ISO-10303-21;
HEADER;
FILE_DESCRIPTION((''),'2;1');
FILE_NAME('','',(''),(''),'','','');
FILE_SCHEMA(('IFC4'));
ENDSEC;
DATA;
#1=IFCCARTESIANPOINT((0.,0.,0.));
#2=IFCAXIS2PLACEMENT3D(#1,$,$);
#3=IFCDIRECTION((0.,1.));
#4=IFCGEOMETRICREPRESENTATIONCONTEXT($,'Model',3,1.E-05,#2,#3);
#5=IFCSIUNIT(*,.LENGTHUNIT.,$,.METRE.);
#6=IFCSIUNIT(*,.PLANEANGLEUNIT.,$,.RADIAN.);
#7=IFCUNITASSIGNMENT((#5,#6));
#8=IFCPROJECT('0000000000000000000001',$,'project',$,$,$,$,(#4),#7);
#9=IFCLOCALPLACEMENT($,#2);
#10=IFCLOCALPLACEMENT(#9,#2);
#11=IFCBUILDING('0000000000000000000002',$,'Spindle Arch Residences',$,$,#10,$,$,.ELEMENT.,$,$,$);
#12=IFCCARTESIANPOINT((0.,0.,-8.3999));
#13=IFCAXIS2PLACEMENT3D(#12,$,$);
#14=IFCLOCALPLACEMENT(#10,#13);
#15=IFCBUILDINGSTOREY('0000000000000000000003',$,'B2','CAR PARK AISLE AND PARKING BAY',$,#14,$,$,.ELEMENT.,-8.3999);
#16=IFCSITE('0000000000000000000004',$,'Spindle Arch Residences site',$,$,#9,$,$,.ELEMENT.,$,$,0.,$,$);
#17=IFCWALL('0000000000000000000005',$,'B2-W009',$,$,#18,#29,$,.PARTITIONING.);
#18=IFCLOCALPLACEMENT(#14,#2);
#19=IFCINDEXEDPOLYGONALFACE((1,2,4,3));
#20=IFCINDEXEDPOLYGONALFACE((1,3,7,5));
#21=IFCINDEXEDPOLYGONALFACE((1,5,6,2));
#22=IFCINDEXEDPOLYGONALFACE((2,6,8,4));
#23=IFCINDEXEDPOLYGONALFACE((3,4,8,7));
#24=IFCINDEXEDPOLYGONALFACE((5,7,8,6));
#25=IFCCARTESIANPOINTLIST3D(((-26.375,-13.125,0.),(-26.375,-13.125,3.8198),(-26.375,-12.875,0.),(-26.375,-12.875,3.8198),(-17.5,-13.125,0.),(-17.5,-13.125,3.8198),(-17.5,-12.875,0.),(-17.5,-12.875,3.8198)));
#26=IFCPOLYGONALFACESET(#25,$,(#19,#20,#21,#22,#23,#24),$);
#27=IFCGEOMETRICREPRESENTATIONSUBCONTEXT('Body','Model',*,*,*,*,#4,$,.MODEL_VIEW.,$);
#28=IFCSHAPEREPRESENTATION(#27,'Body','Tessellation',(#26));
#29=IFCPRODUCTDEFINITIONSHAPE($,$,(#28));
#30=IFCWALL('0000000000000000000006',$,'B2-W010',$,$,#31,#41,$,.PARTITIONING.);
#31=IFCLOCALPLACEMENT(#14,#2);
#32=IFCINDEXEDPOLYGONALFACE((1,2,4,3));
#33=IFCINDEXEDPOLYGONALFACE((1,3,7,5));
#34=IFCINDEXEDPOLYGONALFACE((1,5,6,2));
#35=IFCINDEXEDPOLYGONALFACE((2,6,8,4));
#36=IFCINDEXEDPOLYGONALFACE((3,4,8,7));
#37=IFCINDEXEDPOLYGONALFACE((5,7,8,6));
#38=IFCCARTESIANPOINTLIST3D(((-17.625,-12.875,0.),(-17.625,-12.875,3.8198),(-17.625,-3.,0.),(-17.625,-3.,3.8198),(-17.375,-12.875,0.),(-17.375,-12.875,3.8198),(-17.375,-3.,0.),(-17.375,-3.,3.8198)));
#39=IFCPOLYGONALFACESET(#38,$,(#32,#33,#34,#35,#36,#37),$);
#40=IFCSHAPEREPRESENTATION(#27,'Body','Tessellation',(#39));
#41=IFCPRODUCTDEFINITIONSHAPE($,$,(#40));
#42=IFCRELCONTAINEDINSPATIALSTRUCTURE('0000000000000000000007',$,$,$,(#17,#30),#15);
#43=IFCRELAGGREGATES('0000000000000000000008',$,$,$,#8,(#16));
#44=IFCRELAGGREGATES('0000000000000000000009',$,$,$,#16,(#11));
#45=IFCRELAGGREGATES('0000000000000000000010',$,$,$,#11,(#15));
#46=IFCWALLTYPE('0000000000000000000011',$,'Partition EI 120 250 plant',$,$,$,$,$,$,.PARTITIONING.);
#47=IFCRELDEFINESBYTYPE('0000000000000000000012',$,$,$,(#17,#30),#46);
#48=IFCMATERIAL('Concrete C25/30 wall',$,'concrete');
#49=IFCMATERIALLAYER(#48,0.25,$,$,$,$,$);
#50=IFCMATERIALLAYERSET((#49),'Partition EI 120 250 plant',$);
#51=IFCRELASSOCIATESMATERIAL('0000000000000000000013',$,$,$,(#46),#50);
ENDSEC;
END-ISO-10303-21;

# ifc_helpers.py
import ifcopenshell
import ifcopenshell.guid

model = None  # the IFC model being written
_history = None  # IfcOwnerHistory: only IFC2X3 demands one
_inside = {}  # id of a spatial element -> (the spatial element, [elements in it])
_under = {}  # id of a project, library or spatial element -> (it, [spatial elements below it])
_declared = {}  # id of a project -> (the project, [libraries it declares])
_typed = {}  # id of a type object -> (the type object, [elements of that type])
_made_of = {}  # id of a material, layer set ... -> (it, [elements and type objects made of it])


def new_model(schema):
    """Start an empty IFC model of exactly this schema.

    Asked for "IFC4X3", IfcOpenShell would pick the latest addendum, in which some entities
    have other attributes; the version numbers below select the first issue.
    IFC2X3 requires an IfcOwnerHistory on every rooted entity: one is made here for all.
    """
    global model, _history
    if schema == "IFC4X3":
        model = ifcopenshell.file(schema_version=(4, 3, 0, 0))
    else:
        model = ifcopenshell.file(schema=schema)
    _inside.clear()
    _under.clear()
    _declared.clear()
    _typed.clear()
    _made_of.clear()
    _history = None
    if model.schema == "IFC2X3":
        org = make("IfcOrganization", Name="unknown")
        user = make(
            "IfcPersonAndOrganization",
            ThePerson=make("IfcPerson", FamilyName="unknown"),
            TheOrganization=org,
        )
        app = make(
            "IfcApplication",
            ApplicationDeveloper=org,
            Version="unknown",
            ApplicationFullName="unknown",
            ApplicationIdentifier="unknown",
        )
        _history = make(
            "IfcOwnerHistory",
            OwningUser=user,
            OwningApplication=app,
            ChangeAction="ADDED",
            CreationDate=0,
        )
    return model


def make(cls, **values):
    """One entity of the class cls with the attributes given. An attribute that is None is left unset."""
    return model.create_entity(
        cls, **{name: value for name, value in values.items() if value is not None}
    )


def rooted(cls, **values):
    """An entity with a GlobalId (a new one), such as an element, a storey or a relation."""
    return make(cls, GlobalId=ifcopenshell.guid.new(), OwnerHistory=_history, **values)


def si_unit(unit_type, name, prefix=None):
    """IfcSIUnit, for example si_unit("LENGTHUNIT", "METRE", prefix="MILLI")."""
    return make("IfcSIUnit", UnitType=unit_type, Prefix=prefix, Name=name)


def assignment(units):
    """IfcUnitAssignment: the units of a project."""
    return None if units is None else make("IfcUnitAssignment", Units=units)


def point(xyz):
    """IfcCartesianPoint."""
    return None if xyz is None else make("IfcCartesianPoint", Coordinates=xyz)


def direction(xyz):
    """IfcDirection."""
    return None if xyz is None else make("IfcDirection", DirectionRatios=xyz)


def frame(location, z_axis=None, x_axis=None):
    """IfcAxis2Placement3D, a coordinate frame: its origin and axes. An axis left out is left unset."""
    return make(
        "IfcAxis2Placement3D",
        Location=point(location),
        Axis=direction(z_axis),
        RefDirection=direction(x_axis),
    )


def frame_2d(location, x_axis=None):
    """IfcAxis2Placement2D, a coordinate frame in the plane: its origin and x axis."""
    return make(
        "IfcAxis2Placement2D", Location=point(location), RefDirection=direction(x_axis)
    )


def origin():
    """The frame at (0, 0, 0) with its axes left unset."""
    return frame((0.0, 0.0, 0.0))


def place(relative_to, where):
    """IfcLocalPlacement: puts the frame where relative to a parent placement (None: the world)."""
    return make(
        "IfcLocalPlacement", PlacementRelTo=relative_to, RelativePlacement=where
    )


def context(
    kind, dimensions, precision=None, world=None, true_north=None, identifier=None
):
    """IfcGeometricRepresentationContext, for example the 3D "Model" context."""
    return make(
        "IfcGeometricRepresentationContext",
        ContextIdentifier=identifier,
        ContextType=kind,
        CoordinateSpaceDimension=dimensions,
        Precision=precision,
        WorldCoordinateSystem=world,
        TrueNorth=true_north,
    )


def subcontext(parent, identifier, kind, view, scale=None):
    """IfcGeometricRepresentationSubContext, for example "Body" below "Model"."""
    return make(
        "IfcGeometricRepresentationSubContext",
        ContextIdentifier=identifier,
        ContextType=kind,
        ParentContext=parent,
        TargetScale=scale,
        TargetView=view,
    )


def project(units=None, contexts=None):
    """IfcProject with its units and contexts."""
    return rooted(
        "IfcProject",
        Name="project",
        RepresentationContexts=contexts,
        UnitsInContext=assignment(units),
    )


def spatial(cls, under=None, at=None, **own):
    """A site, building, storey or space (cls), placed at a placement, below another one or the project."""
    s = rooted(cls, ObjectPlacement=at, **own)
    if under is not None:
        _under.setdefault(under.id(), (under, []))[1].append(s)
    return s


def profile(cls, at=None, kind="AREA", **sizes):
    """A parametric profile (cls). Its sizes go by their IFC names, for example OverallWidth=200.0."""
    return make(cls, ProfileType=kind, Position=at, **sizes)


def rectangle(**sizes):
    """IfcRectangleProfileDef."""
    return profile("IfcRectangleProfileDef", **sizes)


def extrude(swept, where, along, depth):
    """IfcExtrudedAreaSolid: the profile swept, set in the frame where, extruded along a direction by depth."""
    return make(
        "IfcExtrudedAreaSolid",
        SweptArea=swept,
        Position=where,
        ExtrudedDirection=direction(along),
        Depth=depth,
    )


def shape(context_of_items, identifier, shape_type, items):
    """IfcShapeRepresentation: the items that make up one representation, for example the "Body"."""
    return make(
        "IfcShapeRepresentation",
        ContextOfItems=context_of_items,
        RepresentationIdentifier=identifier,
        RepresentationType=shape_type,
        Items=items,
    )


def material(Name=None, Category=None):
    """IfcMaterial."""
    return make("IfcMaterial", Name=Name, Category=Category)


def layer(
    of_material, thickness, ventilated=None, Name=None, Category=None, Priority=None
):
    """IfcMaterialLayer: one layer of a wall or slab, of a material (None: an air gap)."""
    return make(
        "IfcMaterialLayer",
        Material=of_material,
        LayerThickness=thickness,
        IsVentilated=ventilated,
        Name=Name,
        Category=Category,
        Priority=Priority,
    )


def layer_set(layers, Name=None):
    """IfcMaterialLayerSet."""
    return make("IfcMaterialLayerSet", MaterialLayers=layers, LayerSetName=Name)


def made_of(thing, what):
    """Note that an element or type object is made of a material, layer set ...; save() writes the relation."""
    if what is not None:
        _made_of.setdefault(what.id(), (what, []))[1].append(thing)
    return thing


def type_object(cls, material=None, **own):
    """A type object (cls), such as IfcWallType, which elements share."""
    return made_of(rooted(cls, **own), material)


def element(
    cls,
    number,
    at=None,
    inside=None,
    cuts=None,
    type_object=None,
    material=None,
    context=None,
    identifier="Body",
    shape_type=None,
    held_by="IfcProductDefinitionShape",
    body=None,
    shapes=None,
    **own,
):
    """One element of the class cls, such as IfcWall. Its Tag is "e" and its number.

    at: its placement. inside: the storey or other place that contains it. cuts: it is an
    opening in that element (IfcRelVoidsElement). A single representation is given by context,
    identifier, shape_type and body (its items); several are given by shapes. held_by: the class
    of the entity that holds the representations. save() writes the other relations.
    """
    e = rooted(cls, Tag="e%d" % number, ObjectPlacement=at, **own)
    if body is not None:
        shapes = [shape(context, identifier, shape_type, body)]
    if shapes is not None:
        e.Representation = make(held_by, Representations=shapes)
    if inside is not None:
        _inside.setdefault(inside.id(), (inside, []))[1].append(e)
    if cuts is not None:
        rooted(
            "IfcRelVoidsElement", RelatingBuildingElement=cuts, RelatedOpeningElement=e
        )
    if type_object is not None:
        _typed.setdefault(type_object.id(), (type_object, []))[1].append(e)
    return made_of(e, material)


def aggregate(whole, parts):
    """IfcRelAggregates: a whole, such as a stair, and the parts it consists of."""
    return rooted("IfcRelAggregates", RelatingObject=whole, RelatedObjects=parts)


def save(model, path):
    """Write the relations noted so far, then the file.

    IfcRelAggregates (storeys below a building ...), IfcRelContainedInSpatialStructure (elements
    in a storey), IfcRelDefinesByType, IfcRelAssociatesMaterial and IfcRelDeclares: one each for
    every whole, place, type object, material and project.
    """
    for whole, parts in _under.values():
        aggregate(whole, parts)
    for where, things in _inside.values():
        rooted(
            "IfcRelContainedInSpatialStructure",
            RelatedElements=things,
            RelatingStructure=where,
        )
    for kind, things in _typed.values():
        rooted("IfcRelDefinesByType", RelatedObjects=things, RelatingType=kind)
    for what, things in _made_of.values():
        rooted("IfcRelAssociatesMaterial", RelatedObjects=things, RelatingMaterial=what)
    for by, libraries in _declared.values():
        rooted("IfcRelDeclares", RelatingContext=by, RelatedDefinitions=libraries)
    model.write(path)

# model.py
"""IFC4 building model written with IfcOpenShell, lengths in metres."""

from ifc_helpers import new_model, si_unit, direction, frame, frame_2d, origin, place, context, subcontext, project, spatial, rectangle, extrude, material, layer, layer_set, type_object, element, save


model = new_model("IFC4")

# Units and contexts
model_context = context("Model", 3, precision=1e-05, world=origin(), true_north=direction((0.0, 1.0)))
body_context = subcontext(model_context, "Body", "Model", "MODEL_VIEW")
ifc_project = project(units=[si_unit("LENGTHUNIT", "METRE"), si_unit("PLANEANGLEUNIT", "RADIAN")], contexts=[model_context])

# Site, building, storey
site_placement = place(None, origin())
site = spatial("IfcSite", under=ifc_project, at=site_placement, Name="Spindle Arch Residences site", CompositionType="ELEMENT", RefElevation=0.0)
building_placement = place(site_placement, origin())
building = spatial("IfcBuilding", under=site, at=building_placement, Name="Spindle Arch Residences", CompositionType="ELEMENT")
storey_placement = place(building_placement, frame((0.0, 0.0, -8.3999)))
storey = spatial("IfcBuildingStorey", under=building, at=storey_placement, Name="B2", Description="CAR PARK AISLE AND PARKING BAY", CompositionType="ELEMENT", Elevation=-8.3999)

# Walls
ifc_material_1 = material(Name="Concrete C25/30 wall", Category="concrete")
ifc_layer_1 = layer(ifc_material_1, 0.25)
ifc_layer_set_1 = layer_set([ifc_layer_1], Name="Partition EI 120 250 plant")
wall_type_1 = type_object("IfcWallType", Name="Partition EI 120 250 plant", PredefinedType="PARTITIONING", material=ifc_layer_set_1)
wall_1_placement = place(storey_placement, frame((-17.5, -13.0, 0.0), z_axis=(0.0, 0.0, 1.0), x_axis=(-1.0, 0.0, 0.0)))
element("IfcWall", 1, at=wall_1_placement, inside=storey, type_object=wall_type_1, Name="B2-W009", PredefinedType="PARTITIONING", context=body_context, shape_type="SweptSolid", body=[
    extrude(rectangle(XDim=8.875, YDim=0.25, at=frame_2d((4.4375, 0.0))), origin(), (0.0, 0.0, 1.0), 3.8198),
])
wall_2_placement = place(storey_placement, frame((-17.5, -3.0, 0.0), z_axis=(0.0, 0.0, 1.0), x_axis=(0.0, -1.0, 0.0)))
element("IfcWall", 2, at=wall_2_placement, inside=storey, type_object=wall_type_1, Name="B2-W010", PredefinedType="PARTITIONING", context=body_context, shape_type="SweptSolid", body=[
    extrude(rectangle(XDim=9.875, YDim=0.25, at=frame_2d((4.9375, 0.0))), origin(), (0.0, 0.0, 1.0), 3.8198),
])

save(model, "model.ifc")
